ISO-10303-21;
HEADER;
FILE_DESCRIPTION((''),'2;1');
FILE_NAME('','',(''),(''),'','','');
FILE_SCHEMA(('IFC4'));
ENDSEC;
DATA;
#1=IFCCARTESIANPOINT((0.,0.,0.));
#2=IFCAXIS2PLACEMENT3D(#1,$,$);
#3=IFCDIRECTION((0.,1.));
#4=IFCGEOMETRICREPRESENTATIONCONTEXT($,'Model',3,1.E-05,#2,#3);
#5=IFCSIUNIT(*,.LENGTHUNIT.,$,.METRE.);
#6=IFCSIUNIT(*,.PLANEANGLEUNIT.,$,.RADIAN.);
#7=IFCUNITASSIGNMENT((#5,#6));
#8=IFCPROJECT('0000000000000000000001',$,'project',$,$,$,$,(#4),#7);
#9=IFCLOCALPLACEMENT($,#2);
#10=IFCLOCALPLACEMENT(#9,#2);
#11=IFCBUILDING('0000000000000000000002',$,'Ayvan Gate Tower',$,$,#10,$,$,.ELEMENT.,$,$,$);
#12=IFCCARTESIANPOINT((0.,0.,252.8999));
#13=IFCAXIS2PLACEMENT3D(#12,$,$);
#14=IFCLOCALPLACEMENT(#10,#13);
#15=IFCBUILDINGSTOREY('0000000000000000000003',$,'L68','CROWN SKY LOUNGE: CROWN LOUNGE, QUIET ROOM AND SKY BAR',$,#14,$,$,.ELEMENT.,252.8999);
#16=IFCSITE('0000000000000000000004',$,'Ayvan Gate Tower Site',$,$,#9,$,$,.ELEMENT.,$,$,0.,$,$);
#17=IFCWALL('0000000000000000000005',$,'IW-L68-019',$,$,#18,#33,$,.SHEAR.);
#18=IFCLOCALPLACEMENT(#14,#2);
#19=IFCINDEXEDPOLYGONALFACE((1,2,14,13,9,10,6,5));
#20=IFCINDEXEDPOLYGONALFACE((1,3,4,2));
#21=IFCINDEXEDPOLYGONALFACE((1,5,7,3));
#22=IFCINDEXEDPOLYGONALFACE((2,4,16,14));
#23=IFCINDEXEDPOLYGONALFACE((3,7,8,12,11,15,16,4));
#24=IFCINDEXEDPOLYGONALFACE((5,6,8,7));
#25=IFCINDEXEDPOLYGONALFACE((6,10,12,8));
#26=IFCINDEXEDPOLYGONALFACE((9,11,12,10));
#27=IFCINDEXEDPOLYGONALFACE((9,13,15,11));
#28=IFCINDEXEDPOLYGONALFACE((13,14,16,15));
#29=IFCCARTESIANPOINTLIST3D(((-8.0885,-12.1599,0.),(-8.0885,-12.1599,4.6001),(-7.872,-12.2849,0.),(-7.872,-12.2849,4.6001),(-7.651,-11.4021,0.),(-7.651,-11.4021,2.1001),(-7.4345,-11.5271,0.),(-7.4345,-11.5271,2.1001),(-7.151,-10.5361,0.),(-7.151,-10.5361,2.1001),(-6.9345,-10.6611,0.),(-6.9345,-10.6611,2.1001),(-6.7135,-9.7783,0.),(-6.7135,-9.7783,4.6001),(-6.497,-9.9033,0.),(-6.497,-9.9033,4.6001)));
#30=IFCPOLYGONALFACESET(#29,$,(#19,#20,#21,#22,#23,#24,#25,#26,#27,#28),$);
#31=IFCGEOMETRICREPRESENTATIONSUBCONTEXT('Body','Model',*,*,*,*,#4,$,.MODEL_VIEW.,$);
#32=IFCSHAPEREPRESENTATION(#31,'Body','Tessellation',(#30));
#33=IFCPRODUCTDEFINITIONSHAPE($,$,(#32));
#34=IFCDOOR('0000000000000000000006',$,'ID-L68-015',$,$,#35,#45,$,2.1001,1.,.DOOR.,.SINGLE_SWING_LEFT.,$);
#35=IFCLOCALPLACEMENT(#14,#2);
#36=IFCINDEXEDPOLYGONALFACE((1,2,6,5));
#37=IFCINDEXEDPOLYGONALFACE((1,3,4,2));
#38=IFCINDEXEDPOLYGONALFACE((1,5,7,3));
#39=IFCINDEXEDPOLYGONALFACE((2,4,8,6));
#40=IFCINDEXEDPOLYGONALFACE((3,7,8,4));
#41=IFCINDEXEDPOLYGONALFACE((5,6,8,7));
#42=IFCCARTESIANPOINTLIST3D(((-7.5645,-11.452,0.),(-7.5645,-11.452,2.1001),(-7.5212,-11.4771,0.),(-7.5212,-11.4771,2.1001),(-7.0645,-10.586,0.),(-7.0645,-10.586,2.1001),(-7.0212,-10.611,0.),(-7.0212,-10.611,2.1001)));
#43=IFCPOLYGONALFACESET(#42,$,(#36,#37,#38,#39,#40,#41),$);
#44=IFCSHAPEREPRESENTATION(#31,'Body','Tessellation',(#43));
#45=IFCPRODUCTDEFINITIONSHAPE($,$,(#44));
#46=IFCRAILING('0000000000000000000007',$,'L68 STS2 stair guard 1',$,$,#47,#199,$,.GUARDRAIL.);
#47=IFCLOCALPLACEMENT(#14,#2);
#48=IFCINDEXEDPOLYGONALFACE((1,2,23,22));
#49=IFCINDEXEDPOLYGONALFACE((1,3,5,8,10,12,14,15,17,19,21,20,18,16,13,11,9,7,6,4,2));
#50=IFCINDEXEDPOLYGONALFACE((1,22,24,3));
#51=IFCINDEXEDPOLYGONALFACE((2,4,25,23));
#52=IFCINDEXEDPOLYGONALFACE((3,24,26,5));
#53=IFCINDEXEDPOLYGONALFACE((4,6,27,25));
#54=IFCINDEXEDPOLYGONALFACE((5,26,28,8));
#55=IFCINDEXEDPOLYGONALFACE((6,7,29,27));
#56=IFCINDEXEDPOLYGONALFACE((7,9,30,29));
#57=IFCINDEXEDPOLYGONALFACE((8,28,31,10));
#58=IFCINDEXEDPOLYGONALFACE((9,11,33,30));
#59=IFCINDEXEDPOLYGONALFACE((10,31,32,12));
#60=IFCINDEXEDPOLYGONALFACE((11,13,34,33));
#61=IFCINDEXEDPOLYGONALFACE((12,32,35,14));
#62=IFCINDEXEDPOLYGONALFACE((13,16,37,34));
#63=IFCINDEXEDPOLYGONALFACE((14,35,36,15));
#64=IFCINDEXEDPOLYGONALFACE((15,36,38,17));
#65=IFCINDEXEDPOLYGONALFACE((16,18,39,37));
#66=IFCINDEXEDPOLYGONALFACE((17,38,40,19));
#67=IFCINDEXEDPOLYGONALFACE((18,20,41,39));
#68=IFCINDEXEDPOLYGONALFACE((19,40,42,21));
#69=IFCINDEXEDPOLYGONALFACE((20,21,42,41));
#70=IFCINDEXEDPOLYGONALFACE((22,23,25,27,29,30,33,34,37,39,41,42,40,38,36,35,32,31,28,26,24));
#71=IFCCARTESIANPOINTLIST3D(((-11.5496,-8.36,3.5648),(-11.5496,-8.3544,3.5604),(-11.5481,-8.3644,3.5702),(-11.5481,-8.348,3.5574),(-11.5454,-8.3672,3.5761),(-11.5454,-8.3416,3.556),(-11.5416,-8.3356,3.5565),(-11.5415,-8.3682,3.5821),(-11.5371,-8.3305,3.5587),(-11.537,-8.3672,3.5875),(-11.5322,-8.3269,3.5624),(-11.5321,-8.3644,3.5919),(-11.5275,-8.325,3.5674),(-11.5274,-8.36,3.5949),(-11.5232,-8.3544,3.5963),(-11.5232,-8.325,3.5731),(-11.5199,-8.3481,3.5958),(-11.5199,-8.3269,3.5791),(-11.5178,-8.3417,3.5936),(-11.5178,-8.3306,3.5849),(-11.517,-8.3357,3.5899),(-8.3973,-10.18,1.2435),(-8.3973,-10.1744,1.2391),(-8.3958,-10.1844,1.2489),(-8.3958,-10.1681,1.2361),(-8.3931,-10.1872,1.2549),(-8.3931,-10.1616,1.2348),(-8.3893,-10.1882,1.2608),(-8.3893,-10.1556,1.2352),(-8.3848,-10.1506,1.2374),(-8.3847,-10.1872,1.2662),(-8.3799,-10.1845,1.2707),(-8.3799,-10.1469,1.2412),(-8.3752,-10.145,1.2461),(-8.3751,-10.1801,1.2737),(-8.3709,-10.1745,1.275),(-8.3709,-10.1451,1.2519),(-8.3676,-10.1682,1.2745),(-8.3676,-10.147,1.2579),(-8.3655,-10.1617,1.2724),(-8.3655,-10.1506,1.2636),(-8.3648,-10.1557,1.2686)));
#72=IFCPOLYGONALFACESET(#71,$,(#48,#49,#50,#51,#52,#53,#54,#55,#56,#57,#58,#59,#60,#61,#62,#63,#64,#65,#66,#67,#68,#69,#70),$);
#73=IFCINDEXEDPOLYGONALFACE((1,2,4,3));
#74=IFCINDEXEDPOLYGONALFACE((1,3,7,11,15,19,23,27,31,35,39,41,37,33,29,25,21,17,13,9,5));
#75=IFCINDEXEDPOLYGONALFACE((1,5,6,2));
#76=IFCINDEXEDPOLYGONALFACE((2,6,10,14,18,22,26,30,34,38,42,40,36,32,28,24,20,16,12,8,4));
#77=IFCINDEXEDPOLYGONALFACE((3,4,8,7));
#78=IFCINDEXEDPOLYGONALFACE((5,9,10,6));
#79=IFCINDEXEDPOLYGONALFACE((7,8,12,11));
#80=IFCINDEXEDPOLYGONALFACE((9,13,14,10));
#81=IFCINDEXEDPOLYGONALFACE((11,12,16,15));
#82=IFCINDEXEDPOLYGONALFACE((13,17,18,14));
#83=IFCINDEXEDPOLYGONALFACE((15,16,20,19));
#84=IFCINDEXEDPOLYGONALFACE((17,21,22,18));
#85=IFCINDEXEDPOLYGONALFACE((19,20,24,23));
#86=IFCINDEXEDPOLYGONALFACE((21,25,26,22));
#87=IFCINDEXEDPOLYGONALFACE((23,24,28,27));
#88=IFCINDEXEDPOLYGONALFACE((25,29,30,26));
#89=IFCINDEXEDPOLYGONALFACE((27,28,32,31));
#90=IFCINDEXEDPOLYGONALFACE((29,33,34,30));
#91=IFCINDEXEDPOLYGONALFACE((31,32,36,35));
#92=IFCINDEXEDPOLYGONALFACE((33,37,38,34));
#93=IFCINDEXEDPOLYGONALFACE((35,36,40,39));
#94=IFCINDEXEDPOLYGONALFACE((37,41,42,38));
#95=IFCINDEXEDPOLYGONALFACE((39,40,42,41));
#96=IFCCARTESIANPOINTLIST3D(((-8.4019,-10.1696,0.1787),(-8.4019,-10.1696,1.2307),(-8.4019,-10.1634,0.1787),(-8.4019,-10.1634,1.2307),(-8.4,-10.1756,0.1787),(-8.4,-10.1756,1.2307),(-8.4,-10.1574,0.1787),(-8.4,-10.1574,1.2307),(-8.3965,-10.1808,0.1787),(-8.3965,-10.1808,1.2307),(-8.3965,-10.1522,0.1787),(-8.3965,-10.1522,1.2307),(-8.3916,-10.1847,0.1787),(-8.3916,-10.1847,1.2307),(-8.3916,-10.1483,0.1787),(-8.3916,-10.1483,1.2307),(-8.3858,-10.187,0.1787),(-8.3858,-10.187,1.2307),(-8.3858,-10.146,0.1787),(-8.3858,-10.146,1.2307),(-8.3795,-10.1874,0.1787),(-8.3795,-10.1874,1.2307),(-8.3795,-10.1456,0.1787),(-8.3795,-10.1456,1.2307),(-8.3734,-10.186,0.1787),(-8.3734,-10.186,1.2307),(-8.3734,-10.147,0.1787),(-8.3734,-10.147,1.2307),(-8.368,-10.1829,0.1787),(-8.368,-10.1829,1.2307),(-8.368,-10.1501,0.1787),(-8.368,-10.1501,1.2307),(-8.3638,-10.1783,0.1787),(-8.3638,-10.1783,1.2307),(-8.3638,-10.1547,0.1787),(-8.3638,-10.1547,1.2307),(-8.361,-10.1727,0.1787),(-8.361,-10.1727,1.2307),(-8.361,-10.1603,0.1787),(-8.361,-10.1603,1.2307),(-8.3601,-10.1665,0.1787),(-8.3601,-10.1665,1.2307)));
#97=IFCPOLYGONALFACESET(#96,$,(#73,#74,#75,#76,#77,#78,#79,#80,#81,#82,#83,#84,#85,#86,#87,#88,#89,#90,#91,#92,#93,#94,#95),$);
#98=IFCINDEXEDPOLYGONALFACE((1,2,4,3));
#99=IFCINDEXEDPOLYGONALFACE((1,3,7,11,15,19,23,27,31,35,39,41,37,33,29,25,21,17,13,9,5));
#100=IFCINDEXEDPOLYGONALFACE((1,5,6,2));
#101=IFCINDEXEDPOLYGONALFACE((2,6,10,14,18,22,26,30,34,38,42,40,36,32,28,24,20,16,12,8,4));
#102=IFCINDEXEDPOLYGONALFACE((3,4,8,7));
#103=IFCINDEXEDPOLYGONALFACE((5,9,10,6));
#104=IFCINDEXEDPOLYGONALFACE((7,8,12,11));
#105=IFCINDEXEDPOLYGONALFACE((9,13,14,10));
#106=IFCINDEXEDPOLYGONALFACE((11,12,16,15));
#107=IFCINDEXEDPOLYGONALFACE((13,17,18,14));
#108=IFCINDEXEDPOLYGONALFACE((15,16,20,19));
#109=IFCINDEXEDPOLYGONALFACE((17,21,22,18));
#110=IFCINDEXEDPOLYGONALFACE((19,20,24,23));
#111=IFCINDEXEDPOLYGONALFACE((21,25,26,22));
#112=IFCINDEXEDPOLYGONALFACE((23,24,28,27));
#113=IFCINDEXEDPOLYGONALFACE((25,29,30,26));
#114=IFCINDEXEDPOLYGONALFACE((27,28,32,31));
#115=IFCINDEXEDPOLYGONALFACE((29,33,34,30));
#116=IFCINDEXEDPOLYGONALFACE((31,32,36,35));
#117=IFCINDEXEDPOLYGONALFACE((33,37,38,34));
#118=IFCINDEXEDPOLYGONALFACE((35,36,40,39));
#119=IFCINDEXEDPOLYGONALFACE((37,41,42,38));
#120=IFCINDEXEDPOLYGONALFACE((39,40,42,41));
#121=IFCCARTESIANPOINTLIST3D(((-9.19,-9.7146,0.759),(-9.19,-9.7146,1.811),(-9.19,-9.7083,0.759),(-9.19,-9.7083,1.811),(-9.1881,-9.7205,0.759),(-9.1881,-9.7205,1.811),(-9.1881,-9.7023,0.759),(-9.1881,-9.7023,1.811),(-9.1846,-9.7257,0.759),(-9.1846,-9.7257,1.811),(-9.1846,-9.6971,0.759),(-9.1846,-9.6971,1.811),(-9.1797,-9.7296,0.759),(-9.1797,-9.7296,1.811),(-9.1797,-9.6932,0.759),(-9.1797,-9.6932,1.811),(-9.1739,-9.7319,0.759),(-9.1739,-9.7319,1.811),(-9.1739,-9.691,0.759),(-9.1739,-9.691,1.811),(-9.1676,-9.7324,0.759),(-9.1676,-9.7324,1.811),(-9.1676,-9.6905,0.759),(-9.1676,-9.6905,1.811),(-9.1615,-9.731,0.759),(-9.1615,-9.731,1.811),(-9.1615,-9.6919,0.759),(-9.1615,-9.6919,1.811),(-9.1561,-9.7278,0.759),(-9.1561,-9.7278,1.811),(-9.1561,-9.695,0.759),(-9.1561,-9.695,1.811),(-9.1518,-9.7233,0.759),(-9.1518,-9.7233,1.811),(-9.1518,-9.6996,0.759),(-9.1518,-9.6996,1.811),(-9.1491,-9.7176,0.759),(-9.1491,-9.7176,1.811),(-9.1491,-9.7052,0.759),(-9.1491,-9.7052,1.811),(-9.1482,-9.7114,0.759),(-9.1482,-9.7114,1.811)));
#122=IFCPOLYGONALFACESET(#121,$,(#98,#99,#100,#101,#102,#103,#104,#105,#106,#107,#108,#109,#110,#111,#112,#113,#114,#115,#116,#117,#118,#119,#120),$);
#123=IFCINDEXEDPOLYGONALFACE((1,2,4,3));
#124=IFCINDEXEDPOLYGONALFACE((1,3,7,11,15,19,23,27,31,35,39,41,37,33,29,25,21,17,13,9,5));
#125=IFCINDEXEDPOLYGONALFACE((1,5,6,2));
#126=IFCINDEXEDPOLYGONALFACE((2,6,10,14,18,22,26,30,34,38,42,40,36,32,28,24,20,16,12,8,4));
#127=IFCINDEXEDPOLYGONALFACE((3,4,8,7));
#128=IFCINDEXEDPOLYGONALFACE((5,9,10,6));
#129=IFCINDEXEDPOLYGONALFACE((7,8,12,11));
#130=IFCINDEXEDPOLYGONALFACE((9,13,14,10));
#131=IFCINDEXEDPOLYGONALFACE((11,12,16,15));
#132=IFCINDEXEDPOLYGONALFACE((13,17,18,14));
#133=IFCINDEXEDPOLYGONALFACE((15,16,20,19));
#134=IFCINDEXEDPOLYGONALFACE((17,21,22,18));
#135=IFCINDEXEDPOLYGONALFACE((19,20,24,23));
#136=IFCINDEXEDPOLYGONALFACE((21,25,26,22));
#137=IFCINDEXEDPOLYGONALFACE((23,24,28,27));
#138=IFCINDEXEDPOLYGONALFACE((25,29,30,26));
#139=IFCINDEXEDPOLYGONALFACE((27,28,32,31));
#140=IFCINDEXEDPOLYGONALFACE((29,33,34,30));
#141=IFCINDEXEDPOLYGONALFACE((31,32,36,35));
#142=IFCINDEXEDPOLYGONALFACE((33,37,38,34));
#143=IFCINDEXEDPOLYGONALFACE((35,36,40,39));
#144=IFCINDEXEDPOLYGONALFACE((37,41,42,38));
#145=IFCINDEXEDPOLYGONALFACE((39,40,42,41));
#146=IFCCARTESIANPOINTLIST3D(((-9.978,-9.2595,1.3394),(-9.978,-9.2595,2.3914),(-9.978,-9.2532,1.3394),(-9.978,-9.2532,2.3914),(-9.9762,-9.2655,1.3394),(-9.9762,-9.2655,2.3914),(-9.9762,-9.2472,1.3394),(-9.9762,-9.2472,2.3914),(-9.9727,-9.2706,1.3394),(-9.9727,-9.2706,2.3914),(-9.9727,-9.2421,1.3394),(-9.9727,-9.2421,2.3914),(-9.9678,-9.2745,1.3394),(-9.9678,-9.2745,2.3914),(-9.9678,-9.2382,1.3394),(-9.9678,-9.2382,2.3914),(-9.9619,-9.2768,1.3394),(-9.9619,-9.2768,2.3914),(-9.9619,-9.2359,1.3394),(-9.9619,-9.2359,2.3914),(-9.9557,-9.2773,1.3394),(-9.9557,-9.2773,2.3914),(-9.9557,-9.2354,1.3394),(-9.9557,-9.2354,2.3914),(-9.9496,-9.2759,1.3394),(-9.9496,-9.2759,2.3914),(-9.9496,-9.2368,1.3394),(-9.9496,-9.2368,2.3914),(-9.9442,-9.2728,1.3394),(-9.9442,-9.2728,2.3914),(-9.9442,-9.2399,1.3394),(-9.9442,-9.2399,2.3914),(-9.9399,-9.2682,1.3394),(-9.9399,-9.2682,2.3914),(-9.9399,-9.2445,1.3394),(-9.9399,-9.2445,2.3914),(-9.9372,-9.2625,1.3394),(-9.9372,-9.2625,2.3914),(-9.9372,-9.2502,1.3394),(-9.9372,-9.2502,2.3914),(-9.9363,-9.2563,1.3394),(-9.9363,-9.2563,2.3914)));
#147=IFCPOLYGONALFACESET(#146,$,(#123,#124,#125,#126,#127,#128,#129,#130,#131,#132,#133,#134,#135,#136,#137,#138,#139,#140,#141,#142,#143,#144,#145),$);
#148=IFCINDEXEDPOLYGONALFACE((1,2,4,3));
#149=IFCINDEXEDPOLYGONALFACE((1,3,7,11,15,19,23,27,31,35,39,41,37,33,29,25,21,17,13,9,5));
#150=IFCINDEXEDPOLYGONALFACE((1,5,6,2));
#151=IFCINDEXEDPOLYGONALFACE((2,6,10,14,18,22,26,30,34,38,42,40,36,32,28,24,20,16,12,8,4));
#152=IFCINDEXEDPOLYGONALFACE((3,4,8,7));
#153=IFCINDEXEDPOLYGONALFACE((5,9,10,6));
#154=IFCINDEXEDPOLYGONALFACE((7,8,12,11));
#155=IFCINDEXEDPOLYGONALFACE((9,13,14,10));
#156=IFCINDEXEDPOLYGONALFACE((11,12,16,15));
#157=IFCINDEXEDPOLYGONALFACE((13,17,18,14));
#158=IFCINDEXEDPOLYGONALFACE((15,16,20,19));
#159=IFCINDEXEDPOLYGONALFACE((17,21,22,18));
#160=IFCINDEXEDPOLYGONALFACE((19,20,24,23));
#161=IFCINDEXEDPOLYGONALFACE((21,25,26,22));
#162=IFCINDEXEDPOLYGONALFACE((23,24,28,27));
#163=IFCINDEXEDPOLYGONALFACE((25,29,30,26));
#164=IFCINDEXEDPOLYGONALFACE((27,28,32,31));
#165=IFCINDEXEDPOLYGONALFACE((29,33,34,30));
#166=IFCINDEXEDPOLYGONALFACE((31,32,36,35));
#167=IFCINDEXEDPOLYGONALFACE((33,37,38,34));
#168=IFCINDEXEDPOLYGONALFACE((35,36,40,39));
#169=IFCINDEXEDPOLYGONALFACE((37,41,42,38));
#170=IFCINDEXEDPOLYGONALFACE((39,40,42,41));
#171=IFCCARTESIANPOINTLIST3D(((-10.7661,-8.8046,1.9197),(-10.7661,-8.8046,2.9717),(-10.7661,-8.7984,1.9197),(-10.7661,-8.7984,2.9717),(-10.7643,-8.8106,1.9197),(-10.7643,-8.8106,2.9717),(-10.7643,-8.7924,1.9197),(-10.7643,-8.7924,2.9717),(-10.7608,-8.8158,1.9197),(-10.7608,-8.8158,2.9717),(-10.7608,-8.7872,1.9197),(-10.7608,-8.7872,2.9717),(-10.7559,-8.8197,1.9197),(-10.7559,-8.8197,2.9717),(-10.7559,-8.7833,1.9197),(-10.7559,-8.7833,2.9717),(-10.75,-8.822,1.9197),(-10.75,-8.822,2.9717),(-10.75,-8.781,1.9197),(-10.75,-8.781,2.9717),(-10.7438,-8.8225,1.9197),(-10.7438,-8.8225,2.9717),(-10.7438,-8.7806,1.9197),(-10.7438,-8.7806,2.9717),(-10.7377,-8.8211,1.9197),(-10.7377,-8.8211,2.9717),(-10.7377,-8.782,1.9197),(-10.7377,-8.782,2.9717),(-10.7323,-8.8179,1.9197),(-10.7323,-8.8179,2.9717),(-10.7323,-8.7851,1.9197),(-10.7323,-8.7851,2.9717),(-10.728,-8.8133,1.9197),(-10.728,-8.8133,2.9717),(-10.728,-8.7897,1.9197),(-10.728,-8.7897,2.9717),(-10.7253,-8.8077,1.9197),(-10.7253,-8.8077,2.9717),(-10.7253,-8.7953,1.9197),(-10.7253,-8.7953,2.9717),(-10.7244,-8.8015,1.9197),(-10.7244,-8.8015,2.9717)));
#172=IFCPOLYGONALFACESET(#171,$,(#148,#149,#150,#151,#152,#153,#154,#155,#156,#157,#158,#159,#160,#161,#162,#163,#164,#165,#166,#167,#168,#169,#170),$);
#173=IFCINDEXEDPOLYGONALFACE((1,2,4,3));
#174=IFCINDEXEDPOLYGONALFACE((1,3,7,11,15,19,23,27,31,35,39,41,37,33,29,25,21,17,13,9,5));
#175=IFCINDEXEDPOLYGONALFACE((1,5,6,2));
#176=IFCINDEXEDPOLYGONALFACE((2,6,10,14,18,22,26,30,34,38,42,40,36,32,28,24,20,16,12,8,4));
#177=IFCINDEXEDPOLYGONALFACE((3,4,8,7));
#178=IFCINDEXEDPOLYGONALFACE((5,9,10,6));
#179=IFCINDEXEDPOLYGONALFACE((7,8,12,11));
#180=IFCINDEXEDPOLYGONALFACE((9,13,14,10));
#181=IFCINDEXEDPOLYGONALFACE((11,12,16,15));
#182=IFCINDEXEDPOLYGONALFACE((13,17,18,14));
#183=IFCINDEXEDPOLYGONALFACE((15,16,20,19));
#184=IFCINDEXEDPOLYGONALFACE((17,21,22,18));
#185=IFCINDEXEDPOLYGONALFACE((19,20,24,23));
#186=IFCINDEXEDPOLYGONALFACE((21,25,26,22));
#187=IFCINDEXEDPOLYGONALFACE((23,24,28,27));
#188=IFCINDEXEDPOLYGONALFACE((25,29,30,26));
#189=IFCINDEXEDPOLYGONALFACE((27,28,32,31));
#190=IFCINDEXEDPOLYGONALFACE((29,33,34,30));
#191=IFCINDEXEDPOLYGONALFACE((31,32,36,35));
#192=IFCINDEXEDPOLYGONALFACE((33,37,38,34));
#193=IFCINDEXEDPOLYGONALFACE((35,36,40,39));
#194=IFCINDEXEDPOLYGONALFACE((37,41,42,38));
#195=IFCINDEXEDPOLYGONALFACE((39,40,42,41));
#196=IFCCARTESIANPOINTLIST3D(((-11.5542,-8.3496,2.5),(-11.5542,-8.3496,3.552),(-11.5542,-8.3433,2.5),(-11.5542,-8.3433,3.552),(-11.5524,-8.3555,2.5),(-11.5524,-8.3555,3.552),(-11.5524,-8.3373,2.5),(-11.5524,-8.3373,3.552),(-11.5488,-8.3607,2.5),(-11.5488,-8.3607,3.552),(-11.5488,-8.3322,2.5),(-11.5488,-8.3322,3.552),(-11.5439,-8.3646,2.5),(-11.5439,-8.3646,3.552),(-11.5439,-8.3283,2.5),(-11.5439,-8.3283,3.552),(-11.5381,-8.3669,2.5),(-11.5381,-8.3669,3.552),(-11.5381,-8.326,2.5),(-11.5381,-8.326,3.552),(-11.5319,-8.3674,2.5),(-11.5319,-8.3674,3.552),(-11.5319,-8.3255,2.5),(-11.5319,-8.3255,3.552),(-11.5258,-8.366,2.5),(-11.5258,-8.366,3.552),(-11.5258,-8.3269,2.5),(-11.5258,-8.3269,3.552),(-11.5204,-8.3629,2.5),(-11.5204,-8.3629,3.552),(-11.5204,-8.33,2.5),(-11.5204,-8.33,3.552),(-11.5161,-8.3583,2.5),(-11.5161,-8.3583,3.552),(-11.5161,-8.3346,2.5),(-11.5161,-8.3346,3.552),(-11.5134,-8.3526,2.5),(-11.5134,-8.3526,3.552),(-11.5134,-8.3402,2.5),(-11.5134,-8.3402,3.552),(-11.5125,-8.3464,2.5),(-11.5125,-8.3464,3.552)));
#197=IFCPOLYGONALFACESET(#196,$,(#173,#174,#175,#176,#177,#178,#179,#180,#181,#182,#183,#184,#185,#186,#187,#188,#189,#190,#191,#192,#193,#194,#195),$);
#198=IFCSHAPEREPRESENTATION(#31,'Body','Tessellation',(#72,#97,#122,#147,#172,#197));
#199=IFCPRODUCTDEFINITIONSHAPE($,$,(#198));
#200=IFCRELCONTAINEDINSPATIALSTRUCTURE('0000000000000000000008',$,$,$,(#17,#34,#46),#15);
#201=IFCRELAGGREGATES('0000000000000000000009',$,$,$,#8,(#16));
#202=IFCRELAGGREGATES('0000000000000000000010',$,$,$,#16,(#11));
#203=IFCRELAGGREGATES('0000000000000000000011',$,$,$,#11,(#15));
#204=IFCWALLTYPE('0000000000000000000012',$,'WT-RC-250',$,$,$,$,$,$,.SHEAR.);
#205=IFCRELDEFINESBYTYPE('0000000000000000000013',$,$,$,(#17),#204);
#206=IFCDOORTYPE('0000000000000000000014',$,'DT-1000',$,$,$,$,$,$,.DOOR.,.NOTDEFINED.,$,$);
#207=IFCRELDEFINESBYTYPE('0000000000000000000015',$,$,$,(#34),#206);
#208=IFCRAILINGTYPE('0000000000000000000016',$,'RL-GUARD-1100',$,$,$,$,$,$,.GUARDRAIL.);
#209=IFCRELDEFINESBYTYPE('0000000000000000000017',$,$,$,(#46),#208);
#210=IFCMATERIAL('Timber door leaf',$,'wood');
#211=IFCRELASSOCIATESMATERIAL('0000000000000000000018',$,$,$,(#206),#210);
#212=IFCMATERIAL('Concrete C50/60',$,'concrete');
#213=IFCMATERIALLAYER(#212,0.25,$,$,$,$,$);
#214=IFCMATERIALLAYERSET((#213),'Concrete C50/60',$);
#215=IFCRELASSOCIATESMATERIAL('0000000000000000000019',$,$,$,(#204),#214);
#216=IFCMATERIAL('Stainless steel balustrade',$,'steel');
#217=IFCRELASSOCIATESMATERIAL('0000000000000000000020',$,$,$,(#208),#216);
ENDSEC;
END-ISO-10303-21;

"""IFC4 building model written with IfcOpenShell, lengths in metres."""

from ifc_helpers import new_model, si_unit, direction, frame, frame_2d, origin, origin_2d, place, context, subcontext, project, spatial, rectangle, circle, extrude, material, layer, layer_set, type_object, element, fill, save


model = new_model("IFC4")

# Units and contexts
model_context = context("Model", 3, precision=1e-05, world=origin(), true_north=direction((0.0, 1.0)))
body_context = subcontext(model_context, "Body", "Model", "MODEL_VIEW")
ifc_project = project(units=[si_unit("LENGTHUNIT", "METRE"), si_unit("PLANEANGLEUNIT", "RADIAN")], contexts=[model_context])

# Site, building, storey
site_placement = place(None, origin())
site = spatial("IfcSite", under=ifc_project, at=site_placement, Name="Ayvan Gate Tower Site", CompositionType="ELEMENT", RefElevation=0.0)
building_placement = place(site_placement, origin())
building = spatial("IfcBuilding", under=site, at=building_placement, Name="Ayvan Gate Tower", CompositionType="ELEMENT")
storey_placement = place(building_placement, frame((0.0, 0.0, 252.8999)))
storey = spatial("IfcBuildingStorey", under=building, at=storey_placement, Name="L68", Description="CROWN SKY LOUNGE: CROWN LOUNGE, QUIET ROOM AND SKY BAR", CompositionType="ELEMENT", Elevation=252.8999)

# Shared definitions
ifc_material_1 = material(Name="Concrete C50/60", Category="concrete")

# Shared definitions
ifc_material_2 = material(Name="Timber door leaf", Category="wood")
door_type_1 = type_object("IfcDoorType", Name="DT-1000", OperationType="NOTDEFINED", PredefinedType="DOOR", material=ifc_material_2)

# Shared definitions
ifc_layer_1 = layer(ifc_material_1, 0.25)
ifc_layer_set_1 = layer_set([ifc_layer_1], Name="Concrete C50/60")
wall_type_1 = type_object("IfcWallType", Name="WT-RC-250", PredefinedType="SHEAR", material=ifc_layer_set_1)

# Wall, opening, door
wall_1_placement = place(storey_placement, frame((-6.6052, -9.8408, 0.0), z_axis=(0.0, 0.0, 1.0), x_axis=(-0.499997, -0.866027, 0.0)))
wall_1 = element("IfcWall", 1, at=wall_1_placement, inside=storey, type_object=wall_type_1, Name="IW-L68-019", PredefinedType="SHEAR", context=body_context, shape_type="SweptSolid", body=[
    extrude(rectangle(XDim=2.75, YDim=0.25, at=frame_2d((1.375, 0.0))), origin(), (0.0, 0.0, 1.0), 4.6001),
])
opening_1_placement = place(wall_1_placement, frame((0.875, 0.0, 0.0)))
opening_1 = element("IfcOpeningElement", 2, at=opening_1_placement, cuts=wall_1, PredefinedType="OPENING", context=body_context, shape_type="SweptSolid", body=[
    extrude(rectangle(XDim=1.0, YDim=2.1001, at=frame_2d((0.5, 1.05))), frame((0.0, 0.135, 0.0), z_axis=(0.0, -1.0, 0.0), x_axis=(1.0, 0.0, 0.0)), (0.0, 0.0, 1.0), 0.27),
])
door_1_placement = place(opening_1_placement, origin())
door_1 = element("IfcDoor", 3, at=door_1_placement, inside=storey, type_object=door_type_1, Name="ID-L68-015", OperationType="SINGLE_SWING_LEFT", OverallHeight=2.1001, OverallWidth=1.0, PredefinedType="DOOR", context=body_context, shape_type="SweptSolid", body=[
    extrude(rectangle(XDim=1.0, YDim=2.1001, at=frame_2d((0.5, 1.05))), frame((0.0, 0.0249, 0.0), z_axis=(0.0, -1.0, 0.0), x_axis=(1.0, 0.0, 0.0)), (0.0, 0.0, 1.0), 0.05),
])
fill(opening_1, door_1)

# Railing
ifc_material_3 = material(Name="Stainless steel balustrade", Category="steel")
railing_type_1 = type_object("IfcRailingType", Name="RL-GUARD-1100", PredefinedType="GUARDRAIL", material=ifc_material_3)
railing_1_placement = place(storey_placement, frame((-8.3811, -10.1665, 0.1787)))
element("IfcRailing", 4, at=railing_1_placement, inside=storey, type_object=railing_type_1, Name="L68 STS2 stair guard 1", PredefinedType="GUARDRAIL", context=body_context, shape_type="SweptSolid", body=[
    extrude(circle(Radius=0.0239, at=origin_2d()), frame((0.0, 0.0, 1.0762), z_axis=(-0.730181, 0.421584, 0.537683), x_axis=(-0.500013, -0.866018, 0.0)), (0.0, 0.0, 1.0), 4.3171),
    extrude(circle(Radius=0.021, at=origin_2d()), origin(), (0.0, 0.0, 1.0), 1.052),
    extrude(circle(Radius=0.021, at=origin_2d()), frame((-0.7881, 0.4551, 0.5803)), (0.0, 0.0, 1.0), 1.052),
    extrude(circle(Radius=0.021, at=origin_2d()), frame((-1.5762, 0.9102, 1.1606)), (0.0, 0.0, 1.0), 1.052),
    extrude(circle(Radius=0.021, at=origin_2d()), frame((-2.3643, 1.365, 1.741)), (0.0, 0.0, 1.0), 1.052),
    extrude(circle(Radius=0.021, at=origin_2d()), frame((-3.1523, 1.8201, 2.3213)), (0.0, 0.0, 1.0), 1.052),
])

save(model, "model.ifc")
